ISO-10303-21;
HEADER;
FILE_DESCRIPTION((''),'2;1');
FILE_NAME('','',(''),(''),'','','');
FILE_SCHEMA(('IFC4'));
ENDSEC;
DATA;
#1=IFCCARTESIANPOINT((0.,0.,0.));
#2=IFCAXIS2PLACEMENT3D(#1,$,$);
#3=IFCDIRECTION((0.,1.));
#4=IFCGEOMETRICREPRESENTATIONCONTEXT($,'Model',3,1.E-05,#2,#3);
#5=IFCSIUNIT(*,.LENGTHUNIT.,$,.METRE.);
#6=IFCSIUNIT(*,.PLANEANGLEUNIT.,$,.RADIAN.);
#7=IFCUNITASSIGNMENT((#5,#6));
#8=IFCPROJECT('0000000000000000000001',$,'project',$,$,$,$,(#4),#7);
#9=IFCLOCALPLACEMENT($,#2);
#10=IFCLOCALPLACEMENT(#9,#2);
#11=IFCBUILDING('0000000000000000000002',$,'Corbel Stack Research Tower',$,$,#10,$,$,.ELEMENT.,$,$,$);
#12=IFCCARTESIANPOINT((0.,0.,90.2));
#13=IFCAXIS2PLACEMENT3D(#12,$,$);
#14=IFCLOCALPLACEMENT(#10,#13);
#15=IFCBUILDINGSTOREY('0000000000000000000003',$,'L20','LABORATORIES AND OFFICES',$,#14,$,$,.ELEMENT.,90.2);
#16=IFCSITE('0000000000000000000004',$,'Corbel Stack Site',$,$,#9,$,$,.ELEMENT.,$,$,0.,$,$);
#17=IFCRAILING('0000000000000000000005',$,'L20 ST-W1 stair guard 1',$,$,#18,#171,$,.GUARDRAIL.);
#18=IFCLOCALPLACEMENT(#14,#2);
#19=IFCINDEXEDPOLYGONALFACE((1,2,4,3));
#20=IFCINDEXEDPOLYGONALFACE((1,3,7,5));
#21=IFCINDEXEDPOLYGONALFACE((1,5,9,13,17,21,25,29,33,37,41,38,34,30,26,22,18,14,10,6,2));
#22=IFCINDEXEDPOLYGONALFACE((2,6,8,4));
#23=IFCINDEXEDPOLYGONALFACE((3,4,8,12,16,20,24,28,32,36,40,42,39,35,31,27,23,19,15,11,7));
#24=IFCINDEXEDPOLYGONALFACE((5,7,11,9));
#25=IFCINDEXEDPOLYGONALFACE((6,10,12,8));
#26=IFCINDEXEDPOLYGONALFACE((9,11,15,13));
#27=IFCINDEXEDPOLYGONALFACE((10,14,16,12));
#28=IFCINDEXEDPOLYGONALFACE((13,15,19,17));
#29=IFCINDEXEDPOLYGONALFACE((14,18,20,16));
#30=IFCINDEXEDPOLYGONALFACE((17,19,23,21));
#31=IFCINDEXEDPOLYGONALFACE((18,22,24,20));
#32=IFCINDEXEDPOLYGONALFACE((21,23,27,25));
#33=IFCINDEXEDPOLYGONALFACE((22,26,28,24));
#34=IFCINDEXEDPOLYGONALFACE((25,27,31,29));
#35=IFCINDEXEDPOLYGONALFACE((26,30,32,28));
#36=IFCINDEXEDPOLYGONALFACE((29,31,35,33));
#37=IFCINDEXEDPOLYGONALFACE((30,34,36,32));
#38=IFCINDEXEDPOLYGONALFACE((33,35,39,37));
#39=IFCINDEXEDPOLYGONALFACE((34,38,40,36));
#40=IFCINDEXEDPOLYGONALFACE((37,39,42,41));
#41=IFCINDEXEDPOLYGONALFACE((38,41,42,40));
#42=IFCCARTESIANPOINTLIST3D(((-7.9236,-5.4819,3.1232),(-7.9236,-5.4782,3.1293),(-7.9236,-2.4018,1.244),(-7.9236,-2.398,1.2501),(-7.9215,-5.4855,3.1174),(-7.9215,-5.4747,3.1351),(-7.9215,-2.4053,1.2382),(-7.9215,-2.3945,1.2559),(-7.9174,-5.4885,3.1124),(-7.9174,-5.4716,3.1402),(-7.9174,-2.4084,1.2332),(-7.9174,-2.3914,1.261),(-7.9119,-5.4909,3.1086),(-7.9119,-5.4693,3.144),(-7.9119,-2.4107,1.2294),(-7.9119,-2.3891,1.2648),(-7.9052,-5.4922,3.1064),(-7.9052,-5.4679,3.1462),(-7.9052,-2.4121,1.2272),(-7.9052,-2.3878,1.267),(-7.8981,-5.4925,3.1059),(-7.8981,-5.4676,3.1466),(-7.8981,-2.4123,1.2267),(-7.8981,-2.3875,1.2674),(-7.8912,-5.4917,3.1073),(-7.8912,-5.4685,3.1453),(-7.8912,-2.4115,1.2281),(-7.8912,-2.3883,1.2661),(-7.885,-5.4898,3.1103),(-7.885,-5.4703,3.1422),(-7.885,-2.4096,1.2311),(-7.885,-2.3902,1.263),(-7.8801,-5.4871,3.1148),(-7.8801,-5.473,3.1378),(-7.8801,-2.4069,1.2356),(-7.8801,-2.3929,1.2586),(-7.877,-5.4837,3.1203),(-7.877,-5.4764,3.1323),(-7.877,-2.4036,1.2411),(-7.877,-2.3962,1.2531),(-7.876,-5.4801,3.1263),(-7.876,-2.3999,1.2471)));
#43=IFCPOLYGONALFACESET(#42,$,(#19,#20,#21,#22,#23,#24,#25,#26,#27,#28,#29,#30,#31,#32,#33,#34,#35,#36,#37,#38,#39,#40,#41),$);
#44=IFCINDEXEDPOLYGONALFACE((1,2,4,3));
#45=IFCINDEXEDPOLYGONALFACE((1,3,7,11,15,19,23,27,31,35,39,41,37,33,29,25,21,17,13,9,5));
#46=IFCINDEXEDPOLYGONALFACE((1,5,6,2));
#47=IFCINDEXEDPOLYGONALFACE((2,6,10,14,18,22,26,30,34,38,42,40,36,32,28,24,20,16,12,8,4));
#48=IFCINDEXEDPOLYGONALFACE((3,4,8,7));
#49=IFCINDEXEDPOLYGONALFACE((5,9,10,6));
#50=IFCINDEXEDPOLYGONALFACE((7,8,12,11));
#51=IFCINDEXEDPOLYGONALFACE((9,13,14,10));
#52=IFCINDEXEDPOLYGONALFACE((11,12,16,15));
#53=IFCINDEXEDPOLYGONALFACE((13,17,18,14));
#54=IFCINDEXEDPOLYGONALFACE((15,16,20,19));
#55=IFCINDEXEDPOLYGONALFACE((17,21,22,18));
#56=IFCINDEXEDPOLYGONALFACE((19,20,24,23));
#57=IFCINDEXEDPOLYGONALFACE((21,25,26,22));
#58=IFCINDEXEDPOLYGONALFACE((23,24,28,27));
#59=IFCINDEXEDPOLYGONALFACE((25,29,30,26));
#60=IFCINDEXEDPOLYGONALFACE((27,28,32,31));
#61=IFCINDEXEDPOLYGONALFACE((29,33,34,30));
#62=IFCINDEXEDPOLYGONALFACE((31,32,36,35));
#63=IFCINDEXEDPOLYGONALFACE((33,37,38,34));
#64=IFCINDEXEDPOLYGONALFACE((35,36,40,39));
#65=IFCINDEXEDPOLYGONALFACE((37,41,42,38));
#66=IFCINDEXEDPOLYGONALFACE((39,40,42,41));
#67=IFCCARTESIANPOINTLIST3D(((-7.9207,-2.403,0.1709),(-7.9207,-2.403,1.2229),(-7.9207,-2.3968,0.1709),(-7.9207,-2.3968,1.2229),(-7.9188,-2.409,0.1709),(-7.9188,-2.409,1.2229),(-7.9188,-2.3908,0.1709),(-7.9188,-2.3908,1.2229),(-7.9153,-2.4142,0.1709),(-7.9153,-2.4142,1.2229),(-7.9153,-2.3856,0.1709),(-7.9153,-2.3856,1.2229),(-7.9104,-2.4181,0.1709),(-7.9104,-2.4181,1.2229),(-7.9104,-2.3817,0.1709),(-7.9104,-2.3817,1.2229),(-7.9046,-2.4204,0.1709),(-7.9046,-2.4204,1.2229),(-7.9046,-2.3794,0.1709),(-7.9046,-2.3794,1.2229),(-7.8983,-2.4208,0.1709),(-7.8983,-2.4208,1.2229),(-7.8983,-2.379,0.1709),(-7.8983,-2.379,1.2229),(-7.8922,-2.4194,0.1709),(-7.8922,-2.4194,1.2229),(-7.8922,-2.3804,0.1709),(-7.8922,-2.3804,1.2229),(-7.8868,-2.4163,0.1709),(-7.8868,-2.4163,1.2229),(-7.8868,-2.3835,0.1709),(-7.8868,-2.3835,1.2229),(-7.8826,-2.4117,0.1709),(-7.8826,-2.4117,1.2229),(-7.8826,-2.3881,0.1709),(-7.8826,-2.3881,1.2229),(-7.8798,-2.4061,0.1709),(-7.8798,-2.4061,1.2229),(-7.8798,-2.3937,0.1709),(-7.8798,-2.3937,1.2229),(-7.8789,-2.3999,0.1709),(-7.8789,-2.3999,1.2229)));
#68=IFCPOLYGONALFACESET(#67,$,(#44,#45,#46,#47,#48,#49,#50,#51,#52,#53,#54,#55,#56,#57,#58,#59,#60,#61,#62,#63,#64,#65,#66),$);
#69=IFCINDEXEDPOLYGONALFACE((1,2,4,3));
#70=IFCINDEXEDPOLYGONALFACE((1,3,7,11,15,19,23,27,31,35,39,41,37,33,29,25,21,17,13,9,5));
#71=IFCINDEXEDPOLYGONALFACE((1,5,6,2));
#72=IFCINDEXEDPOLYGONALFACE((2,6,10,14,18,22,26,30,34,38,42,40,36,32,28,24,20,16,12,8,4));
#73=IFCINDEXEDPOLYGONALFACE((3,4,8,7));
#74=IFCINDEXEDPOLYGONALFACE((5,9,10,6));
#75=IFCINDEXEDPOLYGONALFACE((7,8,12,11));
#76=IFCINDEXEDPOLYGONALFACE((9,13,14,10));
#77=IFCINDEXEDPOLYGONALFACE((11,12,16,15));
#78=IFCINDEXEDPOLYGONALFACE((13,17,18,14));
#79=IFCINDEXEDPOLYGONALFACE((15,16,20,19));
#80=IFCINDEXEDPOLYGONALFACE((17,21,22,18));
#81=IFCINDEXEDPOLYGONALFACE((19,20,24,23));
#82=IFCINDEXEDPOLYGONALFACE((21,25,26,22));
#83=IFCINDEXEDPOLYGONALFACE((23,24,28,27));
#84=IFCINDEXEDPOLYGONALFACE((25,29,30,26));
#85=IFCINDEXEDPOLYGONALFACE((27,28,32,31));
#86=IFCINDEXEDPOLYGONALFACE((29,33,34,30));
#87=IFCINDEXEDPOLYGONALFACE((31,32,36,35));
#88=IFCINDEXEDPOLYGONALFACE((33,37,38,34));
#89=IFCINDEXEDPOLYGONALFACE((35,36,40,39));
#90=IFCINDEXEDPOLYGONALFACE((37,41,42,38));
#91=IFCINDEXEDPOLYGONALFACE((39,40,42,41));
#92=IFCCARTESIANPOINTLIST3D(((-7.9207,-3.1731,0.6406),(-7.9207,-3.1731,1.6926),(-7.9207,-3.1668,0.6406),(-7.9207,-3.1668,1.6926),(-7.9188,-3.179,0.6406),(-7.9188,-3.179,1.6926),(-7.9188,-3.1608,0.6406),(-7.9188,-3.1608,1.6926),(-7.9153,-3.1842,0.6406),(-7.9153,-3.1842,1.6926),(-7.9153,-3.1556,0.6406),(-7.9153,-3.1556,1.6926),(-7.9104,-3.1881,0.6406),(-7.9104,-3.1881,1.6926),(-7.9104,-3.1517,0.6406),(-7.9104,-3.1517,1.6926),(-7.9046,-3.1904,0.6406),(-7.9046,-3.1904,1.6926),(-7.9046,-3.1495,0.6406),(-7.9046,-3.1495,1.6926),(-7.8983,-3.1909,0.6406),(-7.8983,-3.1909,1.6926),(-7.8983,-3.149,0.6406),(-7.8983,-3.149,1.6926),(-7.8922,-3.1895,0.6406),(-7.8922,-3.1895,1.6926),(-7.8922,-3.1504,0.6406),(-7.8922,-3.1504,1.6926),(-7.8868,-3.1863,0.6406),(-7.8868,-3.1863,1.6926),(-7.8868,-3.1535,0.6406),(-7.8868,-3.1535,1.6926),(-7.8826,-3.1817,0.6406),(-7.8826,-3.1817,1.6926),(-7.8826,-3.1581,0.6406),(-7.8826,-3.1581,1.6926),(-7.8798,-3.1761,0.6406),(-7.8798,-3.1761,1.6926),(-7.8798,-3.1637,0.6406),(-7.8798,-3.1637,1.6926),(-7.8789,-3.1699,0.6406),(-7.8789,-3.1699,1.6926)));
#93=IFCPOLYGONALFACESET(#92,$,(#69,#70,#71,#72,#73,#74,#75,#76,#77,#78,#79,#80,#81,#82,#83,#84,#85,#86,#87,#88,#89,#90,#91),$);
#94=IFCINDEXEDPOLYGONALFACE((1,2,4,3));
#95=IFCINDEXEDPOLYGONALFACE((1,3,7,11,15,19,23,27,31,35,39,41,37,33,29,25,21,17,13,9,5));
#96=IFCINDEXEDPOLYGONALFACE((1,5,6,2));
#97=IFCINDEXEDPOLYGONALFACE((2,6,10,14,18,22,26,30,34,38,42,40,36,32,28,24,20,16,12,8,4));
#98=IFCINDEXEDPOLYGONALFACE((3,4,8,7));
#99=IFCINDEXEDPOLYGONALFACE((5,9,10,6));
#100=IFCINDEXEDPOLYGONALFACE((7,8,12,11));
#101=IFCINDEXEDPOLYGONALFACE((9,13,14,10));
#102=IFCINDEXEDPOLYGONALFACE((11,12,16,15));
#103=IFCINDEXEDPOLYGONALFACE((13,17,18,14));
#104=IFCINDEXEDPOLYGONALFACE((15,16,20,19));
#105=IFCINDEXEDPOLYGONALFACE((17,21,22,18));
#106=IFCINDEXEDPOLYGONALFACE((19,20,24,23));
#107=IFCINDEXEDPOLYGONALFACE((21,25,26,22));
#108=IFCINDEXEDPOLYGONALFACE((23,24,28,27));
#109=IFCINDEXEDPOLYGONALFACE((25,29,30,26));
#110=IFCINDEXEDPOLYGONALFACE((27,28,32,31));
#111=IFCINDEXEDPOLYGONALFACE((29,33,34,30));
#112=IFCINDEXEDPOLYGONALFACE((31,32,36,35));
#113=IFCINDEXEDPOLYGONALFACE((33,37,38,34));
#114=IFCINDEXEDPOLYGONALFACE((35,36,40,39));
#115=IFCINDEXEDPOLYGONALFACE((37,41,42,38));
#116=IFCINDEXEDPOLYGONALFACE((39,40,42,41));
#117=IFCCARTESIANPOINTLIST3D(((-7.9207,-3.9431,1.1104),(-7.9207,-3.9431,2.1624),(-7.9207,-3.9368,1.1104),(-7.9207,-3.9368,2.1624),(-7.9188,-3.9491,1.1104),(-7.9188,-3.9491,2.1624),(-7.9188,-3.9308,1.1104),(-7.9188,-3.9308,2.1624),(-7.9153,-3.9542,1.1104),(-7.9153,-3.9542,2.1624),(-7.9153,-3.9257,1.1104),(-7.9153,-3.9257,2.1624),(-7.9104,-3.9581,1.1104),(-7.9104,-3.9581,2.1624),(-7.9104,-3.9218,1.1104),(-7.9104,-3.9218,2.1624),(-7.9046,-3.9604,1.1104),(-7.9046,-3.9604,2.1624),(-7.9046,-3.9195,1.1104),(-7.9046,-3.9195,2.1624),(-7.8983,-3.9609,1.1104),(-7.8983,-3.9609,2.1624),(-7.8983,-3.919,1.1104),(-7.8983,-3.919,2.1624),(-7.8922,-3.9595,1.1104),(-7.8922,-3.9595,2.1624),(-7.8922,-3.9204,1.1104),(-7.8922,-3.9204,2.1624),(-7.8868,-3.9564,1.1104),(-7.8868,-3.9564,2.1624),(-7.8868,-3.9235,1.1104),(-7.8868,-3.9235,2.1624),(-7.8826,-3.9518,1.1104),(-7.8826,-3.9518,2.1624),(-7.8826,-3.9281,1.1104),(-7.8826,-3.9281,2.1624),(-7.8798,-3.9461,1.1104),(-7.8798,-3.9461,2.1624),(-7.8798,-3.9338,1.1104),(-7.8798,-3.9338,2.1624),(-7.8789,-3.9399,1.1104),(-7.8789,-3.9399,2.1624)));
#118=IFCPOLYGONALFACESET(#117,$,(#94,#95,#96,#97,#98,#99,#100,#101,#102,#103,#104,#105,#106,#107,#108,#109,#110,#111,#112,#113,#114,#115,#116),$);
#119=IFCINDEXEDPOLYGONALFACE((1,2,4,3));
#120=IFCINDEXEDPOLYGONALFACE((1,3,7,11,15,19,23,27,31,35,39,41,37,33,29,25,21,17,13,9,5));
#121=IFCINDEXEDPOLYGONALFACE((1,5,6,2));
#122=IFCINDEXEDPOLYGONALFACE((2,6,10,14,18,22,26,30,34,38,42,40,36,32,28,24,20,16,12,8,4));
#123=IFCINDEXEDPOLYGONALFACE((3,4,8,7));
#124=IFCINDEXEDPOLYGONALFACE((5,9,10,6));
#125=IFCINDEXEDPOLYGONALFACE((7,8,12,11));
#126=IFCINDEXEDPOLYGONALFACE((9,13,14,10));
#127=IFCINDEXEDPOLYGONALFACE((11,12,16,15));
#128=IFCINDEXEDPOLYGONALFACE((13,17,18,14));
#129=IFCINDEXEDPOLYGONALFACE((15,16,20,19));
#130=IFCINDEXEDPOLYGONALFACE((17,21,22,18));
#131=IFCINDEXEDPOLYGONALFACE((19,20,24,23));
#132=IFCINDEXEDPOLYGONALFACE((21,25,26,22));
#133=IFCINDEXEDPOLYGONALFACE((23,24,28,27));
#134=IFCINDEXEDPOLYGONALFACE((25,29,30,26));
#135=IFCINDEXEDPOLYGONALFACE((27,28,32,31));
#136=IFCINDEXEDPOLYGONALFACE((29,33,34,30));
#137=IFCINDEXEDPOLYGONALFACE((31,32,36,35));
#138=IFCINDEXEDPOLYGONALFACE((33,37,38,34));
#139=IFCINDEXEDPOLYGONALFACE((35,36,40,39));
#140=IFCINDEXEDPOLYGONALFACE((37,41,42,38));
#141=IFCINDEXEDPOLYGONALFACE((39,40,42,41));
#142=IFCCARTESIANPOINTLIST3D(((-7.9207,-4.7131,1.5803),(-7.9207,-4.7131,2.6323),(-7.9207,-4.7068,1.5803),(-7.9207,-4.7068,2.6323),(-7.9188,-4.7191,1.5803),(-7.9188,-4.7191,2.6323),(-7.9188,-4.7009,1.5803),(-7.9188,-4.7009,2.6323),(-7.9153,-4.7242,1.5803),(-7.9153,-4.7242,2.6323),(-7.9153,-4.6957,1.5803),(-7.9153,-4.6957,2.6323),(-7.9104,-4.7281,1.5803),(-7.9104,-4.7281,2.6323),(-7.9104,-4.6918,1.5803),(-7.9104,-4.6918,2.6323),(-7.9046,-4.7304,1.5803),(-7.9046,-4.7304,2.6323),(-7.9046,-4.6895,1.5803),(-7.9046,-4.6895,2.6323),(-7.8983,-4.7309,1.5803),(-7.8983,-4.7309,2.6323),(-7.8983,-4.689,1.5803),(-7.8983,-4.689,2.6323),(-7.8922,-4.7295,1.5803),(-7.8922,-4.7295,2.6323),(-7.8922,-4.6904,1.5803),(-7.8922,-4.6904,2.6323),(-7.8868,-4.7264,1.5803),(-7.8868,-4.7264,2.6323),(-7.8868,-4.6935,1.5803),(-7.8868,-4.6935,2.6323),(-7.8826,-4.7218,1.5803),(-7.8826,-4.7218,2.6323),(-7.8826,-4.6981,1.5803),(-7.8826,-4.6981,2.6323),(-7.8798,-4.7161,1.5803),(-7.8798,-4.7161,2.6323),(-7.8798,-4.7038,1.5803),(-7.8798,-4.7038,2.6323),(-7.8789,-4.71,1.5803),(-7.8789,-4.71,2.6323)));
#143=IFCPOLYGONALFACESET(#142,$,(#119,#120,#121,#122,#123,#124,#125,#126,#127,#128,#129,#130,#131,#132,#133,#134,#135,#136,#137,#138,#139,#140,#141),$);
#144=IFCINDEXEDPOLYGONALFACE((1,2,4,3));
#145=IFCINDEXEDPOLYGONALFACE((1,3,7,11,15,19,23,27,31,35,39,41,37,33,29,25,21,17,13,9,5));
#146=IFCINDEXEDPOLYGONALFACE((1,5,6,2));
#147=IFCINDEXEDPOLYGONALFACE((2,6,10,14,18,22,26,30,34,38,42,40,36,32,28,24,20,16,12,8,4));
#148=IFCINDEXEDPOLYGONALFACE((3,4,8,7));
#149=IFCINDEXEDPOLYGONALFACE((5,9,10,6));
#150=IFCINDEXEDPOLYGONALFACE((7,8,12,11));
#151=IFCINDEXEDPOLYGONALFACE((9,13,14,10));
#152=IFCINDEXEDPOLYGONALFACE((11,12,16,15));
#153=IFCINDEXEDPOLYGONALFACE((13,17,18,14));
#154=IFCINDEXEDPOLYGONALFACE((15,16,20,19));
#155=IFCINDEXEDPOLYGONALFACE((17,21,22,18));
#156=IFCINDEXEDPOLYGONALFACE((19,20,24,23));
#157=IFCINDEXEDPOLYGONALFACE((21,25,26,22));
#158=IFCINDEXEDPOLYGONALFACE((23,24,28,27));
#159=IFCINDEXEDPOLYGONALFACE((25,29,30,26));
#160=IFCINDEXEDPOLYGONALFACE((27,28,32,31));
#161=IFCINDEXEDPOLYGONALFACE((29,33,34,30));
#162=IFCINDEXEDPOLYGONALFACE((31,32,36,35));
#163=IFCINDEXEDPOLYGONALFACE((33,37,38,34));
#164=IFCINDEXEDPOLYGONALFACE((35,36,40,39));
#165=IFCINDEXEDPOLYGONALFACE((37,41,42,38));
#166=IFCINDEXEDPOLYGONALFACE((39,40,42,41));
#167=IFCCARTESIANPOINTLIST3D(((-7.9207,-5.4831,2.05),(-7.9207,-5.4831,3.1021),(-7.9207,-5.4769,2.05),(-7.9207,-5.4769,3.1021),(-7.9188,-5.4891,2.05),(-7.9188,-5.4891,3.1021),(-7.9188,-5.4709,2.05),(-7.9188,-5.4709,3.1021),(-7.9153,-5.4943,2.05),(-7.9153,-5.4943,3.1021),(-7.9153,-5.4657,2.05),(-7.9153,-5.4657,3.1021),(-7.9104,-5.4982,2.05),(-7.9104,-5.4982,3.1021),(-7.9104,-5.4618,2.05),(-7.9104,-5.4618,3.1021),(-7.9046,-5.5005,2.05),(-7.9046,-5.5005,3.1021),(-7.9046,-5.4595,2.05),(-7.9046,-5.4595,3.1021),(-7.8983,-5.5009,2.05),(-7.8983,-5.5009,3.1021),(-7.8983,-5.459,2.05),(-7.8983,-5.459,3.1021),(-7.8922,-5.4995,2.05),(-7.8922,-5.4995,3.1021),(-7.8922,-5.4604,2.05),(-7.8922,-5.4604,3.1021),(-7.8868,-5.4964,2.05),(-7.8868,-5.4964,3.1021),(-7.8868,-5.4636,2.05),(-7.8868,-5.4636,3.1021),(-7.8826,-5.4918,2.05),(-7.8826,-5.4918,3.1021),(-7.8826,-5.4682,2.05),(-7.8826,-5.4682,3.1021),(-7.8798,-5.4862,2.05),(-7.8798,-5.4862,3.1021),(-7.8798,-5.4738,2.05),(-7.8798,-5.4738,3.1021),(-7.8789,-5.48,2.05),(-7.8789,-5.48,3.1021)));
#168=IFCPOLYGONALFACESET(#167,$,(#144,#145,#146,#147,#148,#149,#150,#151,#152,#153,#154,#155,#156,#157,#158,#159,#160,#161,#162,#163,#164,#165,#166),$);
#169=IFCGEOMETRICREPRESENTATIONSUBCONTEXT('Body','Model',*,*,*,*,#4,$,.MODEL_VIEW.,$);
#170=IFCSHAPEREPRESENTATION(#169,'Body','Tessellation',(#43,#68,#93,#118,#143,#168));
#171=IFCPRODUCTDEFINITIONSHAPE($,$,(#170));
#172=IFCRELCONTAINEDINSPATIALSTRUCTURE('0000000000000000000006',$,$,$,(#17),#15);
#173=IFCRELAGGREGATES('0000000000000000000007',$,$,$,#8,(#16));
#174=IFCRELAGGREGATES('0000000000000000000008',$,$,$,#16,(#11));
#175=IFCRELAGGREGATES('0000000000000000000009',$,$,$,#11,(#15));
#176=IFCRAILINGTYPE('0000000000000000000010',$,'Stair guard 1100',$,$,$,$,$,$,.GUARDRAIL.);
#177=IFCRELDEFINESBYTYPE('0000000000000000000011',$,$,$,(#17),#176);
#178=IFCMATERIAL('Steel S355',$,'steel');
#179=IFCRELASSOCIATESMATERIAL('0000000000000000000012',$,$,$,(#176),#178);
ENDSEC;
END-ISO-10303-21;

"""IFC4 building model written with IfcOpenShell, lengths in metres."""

from ifc_helpers import new_model, si_unit, direction, frame, origin, origin_2d, place, context, subcontext, project, spatial, circle, extrude, material, type_object, element, save


model = new_model("IFC4")

# Units and contexts
model_context = context("Model", 3, precision=1e-05, world=origin(), true_north=direction((0.0, 1.0)))
body_context = subcontext(model_context, "Body", "Model", "MODEL_VIEW")
ifc_project = project(units=[si_unit("LENGTHUNIT", "METRE"), si_unit("PLANEANGLEUNIT", "RADIAN")], contexts=[model_context])

# Site, building, storey
site_placement = place(None, origin())
site = spatial("IfcSite", under=ifc_project, at=site_placement, Name="Corbel Stack Site", CompositionType="ELEMENT", RefElevation=0.0)
building_placement = place(site_placement, origin())
building = spatial("IfcBuilding", under=site, at=building_placement, Name="Corbel Stack Research Tower", CompositionType="ELEMENT")
storey_placement = place(building_placement, frame((0.0, 0.0, 90.2)))
storey = spatial("IfcBuildingStorey", under=building, at=storey_placement, Name="L20", Description="LABORATORIES AND OFFICES", CompositionType="ELEMENT", Elevation=90.2)

# Railing
ifc_material_1 = material(Name="Steel S355", Category="steel")
railing_type = type_object("IfcRailingType", Name="Stair guard 1100", PredefinedType="GUARDRAIL", material=ifc_material_1)
railing_1_placement = place(storey_placement, frame((-7.8999, -2.3999, 0.1709)))
element("IfcRailing", 1, at=railing_1_placement, inside=storey, type_object=railing_type, Name="L20 ST-W1 stair guard 1", PredefinedType="GUARDRAIL", context=body_context, shape_type="SweptSolid", body=[
    extrude(circle(Radius=0.0239, at=origin_2d()), frame((0.0, 0.0, 1.0762), z_axis=(0.0, -0.853666, 0.52082), x_axis=(1.0, 0.0, 0.0)), (0.0, 0.0, 1.0), 3.6082),
    extrude(circle(Radius=0.021, at=origin_2d()), origin(), (0.0, 0.0, 1.0), 1.052),
    extrude(circle(Radius=0.021, at=origin_2d()), frame((0.0, -0.77, 0.4697)), (0.0, 0.0, 1.0), 1.052),
    extrude(circle(Radius=0.021, at=origin_2d()), frame((0.0, -1.54, 0.9395)), (0.0, 0.0, 1.0), 1.052),
    extrude(circle(Radius=0.021, at=origin_2d()), frame((0.0, -2.3101, 1.4094)), (0.0, 0.0, 1.0), 1.052),
    extrude(circle(Radius=0.021, at=origin_2d()), frame((0.0, -3.0801, 1.8792)), (0.0, 0.0, 1.0), 1.052),
])

save(model, "model.ifc")
